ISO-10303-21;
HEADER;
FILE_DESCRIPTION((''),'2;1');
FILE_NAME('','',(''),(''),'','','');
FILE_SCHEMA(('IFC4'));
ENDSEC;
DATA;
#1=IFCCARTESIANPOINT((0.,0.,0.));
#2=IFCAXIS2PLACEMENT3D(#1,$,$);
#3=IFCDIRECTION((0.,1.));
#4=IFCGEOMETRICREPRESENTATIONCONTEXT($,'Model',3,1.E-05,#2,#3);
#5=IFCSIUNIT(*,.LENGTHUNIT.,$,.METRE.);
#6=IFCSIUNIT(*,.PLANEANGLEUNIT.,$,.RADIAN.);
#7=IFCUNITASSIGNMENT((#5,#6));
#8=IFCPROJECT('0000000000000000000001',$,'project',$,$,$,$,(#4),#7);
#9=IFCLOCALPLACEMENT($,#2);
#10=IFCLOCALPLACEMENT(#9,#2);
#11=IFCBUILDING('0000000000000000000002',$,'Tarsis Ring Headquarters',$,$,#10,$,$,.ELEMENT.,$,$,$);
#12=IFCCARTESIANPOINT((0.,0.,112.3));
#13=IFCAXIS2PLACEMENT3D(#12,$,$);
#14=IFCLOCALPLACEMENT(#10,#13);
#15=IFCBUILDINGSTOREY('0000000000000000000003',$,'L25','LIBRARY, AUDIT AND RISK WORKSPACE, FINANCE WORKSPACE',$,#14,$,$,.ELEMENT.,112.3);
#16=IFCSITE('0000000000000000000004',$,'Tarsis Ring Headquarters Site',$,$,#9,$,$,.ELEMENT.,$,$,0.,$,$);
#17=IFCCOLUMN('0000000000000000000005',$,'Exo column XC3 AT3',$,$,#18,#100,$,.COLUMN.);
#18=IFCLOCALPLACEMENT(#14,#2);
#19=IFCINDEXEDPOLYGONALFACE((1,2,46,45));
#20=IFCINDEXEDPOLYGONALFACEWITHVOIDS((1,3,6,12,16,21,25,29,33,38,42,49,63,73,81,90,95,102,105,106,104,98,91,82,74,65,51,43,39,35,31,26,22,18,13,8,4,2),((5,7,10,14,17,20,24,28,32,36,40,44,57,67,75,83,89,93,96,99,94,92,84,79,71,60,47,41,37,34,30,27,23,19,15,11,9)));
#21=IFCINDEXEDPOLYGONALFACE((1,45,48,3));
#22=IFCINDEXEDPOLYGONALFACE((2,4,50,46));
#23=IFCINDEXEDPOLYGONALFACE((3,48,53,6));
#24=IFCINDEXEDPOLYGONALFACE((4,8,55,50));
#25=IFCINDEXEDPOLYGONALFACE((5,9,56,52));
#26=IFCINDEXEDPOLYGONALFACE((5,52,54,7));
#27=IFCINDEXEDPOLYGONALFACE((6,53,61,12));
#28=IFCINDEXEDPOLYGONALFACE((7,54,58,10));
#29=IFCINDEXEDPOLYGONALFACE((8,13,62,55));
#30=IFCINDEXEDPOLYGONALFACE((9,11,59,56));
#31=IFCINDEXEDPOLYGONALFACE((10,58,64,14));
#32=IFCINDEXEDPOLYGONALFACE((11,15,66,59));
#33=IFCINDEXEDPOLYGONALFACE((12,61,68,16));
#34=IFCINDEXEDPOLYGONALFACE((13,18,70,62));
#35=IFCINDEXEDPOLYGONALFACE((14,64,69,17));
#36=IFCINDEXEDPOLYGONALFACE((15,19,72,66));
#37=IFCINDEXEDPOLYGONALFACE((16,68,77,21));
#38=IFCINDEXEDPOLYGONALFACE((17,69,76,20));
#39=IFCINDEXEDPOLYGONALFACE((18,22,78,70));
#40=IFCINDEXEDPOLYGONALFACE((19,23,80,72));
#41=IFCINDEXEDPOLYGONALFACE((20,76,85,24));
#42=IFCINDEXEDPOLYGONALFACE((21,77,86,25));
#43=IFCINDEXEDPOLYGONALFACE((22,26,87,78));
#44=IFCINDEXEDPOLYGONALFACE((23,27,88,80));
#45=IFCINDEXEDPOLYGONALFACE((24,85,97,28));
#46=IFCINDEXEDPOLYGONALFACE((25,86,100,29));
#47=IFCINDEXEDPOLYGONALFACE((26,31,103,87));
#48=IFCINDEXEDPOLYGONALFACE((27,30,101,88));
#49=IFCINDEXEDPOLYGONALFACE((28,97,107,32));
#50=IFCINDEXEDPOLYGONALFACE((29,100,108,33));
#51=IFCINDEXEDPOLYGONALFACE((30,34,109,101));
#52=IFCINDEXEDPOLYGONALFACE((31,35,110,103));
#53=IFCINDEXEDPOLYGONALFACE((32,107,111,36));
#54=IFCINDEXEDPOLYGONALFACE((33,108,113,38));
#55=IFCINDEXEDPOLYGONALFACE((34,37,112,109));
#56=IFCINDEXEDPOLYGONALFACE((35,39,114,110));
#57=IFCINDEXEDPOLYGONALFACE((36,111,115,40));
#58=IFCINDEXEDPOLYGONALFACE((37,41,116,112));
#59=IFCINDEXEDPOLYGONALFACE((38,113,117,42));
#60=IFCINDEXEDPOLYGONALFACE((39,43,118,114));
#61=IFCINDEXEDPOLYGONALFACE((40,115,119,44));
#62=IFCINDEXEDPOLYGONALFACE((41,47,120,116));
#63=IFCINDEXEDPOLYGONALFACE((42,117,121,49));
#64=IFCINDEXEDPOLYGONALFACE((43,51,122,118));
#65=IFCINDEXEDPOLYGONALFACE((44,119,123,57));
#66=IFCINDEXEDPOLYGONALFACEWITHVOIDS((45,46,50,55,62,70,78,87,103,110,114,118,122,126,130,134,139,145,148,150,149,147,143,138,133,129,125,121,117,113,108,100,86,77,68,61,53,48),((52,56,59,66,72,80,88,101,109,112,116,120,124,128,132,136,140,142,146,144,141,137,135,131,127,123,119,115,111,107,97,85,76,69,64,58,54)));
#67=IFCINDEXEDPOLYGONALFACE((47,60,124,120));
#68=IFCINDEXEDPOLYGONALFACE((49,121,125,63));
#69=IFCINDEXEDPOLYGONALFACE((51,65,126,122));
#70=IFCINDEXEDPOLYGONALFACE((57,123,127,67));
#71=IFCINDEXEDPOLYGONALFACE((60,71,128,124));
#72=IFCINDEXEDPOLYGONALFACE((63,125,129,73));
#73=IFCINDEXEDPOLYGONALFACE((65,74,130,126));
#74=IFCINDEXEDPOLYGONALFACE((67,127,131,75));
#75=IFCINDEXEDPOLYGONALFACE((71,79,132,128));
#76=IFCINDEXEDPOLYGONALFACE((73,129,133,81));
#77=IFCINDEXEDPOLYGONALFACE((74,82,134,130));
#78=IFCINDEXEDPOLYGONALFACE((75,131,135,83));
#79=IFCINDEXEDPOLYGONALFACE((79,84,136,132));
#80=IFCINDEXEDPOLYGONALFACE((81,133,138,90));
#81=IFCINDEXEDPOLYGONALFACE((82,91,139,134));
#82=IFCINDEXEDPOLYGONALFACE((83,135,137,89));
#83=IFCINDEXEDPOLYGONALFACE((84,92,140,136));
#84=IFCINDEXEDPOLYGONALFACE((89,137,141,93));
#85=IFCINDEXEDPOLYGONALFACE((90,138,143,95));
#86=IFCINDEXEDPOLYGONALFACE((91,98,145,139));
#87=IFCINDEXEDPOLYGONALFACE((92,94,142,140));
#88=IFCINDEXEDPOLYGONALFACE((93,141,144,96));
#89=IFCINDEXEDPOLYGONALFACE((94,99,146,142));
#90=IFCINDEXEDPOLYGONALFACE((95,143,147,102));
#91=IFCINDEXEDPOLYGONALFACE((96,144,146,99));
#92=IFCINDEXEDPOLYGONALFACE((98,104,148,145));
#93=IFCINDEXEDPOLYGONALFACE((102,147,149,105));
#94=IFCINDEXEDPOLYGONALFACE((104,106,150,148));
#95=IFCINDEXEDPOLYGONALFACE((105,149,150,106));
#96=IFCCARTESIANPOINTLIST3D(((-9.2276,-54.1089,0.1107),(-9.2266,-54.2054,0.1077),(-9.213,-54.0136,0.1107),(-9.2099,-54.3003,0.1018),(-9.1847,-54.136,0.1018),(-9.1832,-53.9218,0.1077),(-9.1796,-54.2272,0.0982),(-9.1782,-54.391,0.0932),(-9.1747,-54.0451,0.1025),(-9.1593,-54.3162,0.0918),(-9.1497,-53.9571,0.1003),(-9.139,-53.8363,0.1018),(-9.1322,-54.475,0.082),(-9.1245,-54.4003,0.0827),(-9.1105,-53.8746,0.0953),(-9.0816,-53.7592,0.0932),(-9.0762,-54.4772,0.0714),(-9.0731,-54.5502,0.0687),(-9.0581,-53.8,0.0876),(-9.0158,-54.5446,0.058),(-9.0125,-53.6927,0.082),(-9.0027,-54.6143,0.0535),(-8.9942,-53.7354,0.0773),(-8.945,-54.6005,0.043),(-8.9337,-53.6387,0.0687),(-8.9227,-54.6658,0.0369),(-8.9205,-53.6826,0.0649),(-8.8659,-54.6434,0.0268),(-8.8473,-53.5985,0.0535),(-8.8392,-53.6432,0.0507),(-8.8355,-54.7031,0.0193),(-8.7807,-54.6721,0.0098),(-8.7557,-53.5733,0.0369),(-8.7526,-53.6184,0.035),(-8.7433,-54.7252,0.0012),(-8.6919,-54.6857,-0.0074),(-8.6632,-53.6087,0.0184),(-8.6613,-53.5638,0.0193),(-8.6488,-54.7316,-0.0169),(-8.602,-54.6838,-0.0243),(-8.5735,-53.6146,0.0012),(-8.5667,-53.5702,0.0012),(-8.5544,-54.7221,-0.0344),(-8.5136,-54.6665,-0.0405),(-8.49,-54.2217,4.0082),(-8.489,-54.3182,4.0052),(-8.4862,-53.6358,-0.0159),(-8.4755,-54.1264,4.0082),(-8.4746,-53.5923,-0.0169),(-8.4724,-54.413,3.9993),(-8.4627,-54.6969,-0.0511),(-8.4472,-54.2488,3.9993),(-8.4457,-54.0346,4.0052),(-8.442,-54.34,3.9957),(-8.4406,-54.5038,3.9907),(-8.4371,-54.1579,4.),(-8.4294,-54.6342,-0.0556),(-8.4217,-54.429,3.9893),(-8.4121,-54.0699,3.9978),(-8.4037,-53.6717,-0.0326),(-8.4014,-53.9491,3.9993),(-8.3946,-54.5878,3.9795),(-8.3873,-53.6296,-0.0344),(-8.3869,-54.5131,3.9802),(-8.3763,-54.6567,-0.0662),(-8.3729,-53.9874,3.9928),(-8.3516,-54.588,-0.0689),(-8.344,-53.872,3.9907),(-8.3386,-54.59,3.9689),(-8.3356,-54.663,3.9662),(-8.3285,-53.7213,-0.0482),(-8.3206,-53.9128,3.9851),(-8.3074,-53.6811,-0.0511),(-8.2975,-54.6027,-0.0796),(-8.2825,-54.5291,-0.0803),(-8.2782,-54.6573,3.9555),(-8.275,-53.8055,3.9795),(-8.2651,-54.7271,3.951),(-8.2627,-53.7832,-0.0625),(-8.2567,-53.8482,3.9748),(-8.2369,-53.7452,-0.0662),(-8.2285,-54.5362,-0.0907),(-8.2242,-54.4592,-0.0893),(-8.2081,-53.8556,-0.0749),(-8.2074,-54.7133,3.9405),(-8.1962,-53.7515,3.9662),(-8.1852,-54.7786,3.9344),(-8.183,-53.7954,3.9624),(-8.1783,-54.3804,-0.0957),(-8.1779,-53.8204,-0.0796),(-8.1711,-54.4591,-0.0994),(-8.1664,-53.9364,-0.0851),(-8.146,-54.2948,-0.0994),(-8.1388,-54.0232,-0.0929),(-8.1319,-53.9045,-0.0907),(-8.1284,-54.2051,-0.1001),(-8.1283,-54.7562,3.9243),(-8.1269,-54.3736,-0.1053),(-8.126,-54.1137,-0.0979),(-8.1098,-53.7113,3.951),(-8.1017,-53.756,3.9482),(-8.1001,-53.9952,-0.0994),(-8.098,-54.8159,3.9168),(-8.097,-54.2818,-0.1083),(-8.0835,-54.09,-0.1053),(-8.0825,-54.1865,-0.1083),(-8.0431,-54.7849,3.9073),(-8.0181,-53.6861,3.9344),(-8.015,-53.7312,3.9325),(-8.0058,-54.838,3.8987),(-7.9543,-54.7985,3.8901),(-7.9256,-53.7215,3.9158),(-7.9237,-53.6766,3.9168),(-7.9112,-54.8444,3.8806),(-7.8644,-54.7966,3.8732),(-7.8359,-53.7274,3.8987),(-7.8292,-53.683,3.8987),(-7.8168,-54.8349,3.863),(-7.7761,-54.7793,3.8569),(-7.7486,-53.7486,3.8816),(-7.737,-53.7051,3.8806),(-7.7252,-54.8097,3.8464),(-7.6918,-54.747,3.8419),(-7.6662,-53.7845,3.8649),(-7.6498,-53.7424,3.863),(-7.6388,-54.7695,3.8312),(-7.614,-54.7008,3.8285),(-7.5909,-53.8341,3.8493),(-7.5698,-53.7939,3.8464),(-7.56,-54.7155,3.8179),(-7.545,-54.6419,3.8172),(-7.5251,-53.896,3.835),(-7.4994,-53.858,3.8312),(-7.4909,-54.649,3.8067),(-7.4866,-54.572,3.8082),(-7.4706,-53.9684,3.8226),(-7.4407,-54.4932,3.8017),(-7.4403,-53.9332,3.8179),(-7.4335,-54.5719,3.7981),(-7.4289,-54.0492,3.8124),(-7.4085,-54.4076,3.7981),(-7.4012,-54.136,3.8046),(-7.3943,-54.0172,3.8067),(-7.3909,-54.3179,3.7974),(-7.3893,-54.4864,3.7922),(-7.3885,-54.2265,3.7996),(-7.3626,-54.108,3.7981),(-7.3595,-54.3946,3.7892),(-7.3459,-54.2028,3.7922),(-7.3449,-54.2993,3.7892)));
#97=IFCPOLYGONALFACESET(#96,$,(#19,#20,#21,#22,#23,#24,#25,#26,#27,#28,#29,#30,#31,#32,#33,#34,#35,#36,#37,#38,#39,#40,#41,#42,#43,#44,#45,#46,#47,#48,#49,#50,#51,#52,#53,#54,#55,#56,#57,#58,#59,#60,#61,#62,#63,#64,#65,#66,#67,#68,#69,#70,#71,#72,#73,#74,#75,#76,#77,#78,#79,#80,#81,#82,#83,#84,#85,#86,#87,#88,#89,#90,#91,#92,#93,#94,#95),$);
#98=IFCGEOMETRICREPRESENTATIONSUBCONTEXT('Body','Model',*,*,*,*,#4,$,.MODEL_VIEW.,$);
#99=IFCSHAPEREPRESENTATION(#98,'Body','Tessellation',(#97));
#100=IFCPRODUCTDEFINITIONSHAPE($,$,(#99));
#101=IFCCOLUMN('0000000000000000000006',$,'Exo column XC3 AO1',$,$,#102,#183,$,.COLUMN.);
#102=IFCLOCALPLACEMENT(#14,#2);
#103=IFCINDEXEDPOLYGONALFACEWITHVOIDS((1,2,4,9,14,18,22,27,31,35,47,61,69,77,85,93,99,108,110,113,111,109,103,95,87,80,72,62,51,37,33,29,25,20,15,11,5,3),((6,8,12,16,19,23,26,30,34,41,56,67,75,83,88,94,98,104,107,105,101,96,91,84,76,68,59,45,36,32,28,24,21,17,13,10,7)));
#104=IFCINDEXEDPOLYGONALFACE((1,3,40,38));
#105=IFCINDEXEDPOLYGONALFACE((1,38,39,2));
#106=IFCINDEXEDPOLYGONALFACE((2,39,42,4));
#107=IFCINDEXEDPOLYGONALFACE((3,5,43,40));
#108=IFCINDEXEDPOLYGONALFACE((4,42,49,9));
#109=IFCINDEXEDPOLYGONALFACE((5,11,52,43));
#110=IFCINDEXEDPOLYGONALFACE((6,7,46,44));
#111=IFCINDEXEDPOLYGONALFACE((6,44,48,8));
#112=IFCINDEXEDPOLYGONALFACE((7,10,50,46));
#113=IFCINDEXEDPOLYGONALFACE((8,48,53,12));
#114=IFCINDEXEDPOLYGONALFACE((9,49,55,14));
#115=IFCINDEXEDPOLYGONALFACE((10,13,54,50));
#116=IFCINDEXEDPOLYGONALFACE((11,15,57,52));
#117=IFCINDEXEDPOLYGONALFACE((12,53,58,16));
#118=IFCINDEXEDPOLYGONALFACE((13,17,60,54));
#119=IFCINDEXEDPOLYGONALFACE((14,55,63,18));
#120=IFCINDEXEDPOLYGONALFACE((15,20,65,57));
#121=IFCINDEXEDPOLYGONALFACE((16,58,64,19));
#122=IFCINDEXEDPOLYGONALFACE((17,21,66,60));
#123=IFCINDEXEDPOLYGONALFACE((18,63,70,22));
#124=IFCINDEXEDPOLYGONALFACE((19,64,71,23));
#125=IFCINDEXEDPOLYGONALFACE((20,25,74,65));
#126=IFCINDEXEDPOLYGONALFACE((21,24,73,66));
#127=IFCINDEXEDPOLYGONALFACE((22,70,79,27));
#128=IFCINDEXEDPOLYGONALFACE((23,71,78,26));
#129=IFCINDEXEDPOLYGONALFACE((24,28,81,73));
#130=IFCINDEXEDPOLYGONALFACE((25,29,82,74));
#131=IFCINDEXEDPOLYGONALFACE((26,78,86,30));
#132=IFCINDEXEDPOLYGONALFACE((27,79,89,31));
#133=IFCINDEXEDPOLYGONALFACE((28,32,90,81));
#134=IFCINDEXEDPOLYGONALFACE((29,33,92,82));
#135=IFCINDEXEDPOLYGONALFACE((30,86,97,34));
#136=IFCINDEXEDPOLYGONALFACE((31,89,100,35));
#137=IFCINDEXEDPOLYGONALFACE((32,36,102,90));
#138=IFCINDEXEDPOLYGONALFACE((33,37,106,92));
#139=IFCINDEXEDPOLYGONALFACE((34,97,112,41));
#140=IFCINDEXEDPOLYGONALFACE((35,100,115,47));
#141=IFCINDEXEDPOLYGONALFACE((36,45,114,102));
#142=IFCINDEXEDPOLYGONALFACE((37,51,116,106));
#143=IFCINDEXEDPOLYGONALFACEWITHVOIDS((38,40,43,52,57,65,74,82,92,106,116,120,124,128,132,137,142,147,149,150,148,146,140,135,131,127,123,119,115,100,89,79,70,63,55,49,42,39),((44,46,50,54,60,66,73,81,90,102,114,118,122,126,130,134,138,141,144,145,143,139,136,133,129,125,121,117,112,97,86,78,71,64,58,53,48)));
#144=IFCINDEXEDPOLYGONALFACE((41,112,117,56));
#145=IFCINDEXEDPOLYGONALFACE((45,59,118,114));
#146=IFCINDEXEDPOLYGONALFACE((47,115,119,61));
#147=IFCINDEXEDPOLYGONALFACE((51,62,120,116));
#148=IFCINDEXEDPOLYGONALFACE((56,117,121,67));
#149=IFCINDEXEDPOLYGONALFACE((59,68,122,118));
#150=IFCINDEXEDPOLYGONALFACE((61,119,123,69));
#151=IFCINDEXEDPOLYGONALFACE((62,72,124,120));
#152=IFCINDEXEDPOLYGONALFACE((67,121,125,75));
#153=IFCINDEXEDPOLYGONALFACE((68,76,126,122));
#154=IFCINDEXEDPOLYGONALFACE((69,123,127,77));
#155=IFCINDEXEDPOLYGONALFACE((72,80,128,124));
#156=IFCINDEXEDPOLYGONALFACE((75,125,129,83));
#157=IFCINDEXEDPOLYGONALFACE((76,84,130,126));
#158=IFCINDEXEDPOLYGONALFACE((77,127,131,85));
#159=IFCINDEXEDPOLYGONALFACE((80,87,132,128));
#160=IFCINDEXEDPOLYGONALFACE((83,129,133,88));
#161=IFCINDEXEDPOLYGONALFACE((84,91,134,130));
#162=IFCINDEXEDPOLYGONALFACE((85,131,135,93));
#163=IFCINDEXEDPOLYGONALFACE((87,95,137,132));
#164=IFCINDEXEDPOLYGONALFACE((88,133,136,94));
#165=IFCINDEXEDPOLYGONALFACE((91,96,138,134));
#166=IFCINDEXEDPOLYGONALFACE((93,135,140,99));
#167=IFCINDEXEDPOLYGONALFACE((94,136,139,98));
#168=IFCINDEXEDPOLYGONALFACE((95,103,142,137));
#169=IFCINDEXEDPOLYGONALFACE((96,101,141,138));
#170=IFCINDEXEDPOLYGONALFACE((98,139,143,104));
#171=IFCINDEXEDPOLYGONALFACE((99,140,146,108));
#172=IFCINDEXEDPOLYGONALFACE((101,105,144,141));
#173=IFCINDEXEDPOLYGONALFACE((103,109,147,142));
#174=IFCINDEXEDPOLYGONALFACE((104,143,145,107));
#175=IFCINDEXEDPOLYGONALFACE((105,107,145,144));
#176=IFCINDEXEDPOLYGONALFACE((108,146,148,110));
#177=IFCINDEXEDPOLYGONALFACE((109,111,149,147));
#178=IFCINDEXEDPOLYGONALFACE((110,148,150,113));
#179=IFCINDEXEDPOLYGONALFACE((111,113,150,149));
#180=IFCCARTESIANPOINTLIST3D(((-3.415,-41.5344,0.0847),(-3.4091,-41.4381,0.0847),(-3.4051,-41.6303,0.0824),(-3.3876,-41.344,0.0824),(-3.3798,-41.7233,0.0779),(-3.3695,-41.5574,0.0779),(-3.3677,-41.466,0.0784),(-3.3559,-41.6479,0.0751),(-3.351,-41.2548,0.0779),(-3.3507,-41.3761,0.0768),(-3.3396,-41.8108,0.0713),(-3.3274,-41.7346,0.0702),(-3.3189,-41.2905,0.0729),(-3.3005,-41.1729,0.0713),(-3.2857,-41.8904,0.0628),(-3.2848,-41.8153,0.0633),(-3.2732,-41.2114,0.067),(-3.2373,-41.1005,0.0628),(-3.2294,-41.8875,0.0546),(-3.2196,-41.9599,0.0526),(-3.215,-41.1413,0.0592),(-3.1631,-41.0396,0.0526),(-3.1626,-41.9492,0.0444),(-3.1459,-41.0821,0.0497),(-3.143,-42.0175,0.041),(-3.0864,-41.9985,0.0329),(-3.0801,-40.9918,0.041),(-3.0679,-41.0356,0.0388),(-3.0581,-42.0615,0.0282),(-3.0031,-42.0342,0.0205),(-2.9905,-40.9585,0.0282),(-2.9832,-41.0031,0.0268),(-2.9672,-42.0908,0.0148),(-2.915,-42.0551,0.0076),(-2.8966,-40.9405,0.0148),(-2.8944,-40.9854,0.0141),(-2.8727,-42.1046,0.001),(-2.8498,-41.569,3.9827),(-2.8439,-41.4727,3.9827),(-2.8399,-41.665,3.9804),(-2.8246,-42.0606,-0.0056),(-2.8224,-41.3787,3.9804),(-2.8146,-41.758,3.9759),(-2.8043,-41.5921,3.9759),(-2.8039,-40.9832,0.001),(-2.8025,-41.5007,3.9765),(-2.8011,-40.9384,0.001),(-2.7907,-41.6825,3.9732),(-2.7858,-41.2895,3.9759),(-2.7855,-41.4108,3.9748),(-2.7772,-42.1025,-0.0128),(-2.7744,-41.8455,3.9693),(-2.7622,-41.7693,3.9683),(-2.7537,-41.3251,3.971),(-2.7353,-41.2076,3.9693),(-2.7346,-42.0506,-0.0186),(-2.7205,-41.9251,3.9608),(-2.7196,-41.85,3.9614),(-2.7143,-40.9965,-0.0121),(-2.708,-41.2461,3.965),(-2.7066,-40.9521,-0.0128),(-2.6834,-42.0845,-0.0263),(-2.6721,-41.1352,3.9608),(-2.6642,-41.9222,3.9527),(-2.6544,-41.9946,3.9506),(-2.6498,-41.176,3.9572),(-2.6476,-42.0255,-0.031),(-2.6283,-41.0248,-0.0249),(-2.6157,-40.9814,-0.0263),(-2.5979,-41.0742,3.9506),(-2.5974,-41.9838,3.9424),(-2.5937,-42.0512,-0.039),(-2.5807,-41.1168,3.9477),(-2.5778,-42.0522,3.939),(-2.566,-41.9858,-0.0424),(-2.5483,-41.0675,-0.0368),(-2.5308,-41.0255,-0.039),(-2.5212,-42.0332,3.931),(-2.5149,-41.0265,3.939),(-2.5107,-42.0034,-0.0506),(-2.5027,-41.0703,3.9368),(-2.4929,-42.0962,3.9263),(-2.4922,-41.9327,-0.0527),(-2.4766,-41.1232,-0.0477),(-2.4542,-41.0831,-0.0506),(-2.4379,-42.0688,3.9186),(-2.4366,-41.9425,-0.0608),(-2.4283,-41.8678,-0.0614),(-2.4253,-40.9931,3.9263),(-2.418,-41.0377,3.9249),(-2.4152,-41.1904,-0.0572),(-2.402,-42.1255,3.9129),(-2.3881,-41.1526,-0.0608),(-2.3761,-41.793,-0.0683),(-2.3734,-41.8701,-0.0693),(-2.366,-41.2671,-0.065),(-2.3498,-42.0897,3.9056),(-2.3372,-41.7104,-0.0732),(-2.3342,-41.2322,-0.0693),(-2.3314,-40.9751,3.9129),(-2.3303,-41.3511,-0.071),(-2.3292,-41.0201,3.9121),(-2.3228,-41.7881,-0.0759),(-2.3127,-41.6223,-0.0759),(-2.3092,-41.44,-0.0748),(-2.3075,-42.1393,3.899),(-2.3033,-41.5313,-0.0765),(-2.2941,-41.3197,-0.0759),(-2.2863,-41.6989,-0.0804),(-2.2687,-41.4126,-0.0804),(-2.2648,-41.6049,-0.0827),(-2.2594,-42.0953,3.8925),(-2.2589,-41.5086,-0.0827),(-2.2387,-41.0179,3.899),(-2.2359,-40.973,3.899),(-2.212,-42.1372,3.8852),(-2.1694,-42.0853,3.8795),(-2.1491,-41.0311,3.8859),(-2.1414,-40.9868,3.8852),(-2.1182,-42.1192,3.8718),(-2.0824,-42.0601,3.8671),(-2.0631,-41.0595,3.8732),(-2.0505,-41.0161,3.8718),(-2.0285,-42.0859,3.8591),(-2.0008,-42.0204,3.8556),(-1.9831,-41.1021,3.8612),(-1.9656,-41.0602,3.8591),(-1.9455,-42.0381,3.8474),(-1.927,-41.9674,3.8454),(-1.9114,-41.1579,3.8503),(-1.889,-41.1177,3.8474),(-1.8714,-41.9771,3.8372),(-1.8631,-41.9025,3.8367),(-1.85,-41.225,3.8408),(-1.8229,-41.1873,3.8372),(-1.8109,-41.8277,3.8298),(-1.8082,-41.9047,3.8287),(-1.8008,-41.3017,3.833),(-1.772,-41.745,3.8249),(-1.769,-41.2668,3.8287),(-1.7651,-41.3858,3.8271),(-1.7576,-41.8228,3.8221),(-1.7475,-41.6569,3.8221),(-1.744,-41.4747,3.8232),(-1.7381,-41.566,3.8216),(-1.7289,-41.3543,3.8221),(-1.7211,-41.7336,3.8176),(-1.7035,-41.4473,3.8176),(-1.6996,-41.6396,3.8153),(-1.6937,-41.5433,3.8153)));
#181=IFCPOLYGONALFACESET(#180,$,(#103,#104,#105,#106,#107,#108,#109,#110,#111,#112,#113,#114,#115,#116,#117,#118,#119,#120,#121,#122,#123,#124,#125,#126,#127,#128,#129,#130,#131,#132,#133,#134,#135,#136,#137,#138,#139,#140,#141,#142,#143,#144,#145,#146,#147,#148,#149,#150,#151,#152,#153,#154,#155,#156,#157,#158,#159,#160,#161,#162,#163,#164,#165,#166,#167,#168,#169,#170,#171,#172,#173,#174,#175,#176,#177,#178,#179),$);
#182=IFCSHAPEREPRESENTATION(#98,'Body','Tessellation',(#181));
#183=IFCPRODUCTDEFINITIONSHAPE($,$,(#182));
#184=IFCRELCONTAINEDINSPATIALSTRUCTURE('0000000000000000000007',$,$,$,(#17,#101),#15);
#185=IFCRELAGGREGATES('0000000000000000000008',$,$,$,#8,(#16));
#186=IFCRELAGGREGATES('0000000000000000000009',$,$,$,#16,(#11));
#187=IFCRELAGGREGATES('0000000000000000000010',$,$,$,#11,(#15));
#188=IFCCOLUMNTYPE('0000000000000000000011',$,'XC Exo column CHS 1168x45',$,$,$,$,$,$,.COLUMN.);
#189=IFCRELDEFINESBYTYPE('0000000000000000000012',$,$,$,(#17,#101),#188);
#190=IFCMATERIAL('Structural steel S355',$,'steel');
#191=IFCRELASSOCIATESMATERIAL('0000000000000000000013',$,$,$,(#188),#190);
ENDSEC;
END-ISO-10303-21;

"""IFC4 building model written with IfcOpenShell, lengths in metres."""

from ifc_helpers import new_model, si_unit, direction, frame, origin, origin_2d, place, context, subcontext, project, spatial, hollow_circle, extrude, material, material_profile, profile_set, type_object, element, save


model = new_model("IFC4")

# Units and contexts
model_context = context("Model", 3, precision=1e-05, world=origin(), true_north=direction((0.0, 1.0)))
body_context = subcontext(model_context, "Body", "Model", "MODEL_VIEW")
ifc_project = project(units=[si_unit("LENGTHUNIT", "METRE"), si_unit("PLANEANGLEUNIT", "RADIAN")], contexts=[model_context])

# Site, building, storey
site_placement = place(None, origin())
site = spatial("IfcSite", under=ifc_project, at=site_placement, Name="Tarsis Ring Headquarters Site", CompositionType="ELEMENT", RefElevation=0.0)
building_placement = place(site_placement, origin())
building = spatial("IfcBuilding", under=site, at=building_placement, Name="Tarsis Ring Headquarters", CompositionType="ELEMENT")
storey_placement = place(building_placement, frame((0.0, 0.0, 112.3)))
storey = spatial("IfcBuildingStorey", under=building, at=storey_placement, Name="L25", Description="LIBRARY, AUDIT AND RISK WORKSPACE, FINANCE WORKSPACE", CompositionType="ELEMENT", Elevation=112.3)

# Columns
ifc_material_1 = material(Name="Structural steel S355", Category="steel")
ifc_material_profile_1 = material_profile(ifc_material_1, hollow_circle(Radius=0.5842, WallThickness=0.0449, at=origin_2d()), Name="CHS 1168x45")
ifc_profile_set_1 = profile_set([ifc_material_profile_1], Name="Structural steel S355")
column_type = type_object("IfcColumnType", Name="XC Exo column CHS 1168x45", PredefinedType="COLUMN", material=ifc_profile_set_1)
column_1_placement = place(storey_placement, frame((-8.655, -54.1477, 0.0012), z_axis=(0.185863, -0.028424, 0.982164), x_axis=(0.151172, 0.988507, 0.0)))
element("IfcColumn", 1, at=column_1_placement, inside=storey, type_object=column_type, Name="Exo column XC3 AT3", PredefinedType="COLUMN", context=body_context, shape_type="SweptSolid", body=[
    extrude(hollow_circle(Radius=0.5842, WallThickness=0.0449, at=origin_2d()), origin(), (0.0, 0.0, 1.0), 3.9683),
])
column_2_placement = place(storey_placement, frame((-2.8369, -41.5215, 0.001), z_axis=(0.14349, -0.008802, 0.989613), x_axis=(0.061224, 0.998124, 0.0)))
element("IfcColumn", 2, at=column_2_placement, inside=storey, type_object=column_type, Name="Exo column XC3 AO1", PredefinedType="COLUMN", context=body_context, shape_type="SweptSolid", body=[
    extrude(hollow_circle(Radius=0.5842, WallThickness=0.0449, at=origin_2d()), origin(), (0.0, 0.0, 1.0), 3.939),
])

save(model, "model.ifc")
